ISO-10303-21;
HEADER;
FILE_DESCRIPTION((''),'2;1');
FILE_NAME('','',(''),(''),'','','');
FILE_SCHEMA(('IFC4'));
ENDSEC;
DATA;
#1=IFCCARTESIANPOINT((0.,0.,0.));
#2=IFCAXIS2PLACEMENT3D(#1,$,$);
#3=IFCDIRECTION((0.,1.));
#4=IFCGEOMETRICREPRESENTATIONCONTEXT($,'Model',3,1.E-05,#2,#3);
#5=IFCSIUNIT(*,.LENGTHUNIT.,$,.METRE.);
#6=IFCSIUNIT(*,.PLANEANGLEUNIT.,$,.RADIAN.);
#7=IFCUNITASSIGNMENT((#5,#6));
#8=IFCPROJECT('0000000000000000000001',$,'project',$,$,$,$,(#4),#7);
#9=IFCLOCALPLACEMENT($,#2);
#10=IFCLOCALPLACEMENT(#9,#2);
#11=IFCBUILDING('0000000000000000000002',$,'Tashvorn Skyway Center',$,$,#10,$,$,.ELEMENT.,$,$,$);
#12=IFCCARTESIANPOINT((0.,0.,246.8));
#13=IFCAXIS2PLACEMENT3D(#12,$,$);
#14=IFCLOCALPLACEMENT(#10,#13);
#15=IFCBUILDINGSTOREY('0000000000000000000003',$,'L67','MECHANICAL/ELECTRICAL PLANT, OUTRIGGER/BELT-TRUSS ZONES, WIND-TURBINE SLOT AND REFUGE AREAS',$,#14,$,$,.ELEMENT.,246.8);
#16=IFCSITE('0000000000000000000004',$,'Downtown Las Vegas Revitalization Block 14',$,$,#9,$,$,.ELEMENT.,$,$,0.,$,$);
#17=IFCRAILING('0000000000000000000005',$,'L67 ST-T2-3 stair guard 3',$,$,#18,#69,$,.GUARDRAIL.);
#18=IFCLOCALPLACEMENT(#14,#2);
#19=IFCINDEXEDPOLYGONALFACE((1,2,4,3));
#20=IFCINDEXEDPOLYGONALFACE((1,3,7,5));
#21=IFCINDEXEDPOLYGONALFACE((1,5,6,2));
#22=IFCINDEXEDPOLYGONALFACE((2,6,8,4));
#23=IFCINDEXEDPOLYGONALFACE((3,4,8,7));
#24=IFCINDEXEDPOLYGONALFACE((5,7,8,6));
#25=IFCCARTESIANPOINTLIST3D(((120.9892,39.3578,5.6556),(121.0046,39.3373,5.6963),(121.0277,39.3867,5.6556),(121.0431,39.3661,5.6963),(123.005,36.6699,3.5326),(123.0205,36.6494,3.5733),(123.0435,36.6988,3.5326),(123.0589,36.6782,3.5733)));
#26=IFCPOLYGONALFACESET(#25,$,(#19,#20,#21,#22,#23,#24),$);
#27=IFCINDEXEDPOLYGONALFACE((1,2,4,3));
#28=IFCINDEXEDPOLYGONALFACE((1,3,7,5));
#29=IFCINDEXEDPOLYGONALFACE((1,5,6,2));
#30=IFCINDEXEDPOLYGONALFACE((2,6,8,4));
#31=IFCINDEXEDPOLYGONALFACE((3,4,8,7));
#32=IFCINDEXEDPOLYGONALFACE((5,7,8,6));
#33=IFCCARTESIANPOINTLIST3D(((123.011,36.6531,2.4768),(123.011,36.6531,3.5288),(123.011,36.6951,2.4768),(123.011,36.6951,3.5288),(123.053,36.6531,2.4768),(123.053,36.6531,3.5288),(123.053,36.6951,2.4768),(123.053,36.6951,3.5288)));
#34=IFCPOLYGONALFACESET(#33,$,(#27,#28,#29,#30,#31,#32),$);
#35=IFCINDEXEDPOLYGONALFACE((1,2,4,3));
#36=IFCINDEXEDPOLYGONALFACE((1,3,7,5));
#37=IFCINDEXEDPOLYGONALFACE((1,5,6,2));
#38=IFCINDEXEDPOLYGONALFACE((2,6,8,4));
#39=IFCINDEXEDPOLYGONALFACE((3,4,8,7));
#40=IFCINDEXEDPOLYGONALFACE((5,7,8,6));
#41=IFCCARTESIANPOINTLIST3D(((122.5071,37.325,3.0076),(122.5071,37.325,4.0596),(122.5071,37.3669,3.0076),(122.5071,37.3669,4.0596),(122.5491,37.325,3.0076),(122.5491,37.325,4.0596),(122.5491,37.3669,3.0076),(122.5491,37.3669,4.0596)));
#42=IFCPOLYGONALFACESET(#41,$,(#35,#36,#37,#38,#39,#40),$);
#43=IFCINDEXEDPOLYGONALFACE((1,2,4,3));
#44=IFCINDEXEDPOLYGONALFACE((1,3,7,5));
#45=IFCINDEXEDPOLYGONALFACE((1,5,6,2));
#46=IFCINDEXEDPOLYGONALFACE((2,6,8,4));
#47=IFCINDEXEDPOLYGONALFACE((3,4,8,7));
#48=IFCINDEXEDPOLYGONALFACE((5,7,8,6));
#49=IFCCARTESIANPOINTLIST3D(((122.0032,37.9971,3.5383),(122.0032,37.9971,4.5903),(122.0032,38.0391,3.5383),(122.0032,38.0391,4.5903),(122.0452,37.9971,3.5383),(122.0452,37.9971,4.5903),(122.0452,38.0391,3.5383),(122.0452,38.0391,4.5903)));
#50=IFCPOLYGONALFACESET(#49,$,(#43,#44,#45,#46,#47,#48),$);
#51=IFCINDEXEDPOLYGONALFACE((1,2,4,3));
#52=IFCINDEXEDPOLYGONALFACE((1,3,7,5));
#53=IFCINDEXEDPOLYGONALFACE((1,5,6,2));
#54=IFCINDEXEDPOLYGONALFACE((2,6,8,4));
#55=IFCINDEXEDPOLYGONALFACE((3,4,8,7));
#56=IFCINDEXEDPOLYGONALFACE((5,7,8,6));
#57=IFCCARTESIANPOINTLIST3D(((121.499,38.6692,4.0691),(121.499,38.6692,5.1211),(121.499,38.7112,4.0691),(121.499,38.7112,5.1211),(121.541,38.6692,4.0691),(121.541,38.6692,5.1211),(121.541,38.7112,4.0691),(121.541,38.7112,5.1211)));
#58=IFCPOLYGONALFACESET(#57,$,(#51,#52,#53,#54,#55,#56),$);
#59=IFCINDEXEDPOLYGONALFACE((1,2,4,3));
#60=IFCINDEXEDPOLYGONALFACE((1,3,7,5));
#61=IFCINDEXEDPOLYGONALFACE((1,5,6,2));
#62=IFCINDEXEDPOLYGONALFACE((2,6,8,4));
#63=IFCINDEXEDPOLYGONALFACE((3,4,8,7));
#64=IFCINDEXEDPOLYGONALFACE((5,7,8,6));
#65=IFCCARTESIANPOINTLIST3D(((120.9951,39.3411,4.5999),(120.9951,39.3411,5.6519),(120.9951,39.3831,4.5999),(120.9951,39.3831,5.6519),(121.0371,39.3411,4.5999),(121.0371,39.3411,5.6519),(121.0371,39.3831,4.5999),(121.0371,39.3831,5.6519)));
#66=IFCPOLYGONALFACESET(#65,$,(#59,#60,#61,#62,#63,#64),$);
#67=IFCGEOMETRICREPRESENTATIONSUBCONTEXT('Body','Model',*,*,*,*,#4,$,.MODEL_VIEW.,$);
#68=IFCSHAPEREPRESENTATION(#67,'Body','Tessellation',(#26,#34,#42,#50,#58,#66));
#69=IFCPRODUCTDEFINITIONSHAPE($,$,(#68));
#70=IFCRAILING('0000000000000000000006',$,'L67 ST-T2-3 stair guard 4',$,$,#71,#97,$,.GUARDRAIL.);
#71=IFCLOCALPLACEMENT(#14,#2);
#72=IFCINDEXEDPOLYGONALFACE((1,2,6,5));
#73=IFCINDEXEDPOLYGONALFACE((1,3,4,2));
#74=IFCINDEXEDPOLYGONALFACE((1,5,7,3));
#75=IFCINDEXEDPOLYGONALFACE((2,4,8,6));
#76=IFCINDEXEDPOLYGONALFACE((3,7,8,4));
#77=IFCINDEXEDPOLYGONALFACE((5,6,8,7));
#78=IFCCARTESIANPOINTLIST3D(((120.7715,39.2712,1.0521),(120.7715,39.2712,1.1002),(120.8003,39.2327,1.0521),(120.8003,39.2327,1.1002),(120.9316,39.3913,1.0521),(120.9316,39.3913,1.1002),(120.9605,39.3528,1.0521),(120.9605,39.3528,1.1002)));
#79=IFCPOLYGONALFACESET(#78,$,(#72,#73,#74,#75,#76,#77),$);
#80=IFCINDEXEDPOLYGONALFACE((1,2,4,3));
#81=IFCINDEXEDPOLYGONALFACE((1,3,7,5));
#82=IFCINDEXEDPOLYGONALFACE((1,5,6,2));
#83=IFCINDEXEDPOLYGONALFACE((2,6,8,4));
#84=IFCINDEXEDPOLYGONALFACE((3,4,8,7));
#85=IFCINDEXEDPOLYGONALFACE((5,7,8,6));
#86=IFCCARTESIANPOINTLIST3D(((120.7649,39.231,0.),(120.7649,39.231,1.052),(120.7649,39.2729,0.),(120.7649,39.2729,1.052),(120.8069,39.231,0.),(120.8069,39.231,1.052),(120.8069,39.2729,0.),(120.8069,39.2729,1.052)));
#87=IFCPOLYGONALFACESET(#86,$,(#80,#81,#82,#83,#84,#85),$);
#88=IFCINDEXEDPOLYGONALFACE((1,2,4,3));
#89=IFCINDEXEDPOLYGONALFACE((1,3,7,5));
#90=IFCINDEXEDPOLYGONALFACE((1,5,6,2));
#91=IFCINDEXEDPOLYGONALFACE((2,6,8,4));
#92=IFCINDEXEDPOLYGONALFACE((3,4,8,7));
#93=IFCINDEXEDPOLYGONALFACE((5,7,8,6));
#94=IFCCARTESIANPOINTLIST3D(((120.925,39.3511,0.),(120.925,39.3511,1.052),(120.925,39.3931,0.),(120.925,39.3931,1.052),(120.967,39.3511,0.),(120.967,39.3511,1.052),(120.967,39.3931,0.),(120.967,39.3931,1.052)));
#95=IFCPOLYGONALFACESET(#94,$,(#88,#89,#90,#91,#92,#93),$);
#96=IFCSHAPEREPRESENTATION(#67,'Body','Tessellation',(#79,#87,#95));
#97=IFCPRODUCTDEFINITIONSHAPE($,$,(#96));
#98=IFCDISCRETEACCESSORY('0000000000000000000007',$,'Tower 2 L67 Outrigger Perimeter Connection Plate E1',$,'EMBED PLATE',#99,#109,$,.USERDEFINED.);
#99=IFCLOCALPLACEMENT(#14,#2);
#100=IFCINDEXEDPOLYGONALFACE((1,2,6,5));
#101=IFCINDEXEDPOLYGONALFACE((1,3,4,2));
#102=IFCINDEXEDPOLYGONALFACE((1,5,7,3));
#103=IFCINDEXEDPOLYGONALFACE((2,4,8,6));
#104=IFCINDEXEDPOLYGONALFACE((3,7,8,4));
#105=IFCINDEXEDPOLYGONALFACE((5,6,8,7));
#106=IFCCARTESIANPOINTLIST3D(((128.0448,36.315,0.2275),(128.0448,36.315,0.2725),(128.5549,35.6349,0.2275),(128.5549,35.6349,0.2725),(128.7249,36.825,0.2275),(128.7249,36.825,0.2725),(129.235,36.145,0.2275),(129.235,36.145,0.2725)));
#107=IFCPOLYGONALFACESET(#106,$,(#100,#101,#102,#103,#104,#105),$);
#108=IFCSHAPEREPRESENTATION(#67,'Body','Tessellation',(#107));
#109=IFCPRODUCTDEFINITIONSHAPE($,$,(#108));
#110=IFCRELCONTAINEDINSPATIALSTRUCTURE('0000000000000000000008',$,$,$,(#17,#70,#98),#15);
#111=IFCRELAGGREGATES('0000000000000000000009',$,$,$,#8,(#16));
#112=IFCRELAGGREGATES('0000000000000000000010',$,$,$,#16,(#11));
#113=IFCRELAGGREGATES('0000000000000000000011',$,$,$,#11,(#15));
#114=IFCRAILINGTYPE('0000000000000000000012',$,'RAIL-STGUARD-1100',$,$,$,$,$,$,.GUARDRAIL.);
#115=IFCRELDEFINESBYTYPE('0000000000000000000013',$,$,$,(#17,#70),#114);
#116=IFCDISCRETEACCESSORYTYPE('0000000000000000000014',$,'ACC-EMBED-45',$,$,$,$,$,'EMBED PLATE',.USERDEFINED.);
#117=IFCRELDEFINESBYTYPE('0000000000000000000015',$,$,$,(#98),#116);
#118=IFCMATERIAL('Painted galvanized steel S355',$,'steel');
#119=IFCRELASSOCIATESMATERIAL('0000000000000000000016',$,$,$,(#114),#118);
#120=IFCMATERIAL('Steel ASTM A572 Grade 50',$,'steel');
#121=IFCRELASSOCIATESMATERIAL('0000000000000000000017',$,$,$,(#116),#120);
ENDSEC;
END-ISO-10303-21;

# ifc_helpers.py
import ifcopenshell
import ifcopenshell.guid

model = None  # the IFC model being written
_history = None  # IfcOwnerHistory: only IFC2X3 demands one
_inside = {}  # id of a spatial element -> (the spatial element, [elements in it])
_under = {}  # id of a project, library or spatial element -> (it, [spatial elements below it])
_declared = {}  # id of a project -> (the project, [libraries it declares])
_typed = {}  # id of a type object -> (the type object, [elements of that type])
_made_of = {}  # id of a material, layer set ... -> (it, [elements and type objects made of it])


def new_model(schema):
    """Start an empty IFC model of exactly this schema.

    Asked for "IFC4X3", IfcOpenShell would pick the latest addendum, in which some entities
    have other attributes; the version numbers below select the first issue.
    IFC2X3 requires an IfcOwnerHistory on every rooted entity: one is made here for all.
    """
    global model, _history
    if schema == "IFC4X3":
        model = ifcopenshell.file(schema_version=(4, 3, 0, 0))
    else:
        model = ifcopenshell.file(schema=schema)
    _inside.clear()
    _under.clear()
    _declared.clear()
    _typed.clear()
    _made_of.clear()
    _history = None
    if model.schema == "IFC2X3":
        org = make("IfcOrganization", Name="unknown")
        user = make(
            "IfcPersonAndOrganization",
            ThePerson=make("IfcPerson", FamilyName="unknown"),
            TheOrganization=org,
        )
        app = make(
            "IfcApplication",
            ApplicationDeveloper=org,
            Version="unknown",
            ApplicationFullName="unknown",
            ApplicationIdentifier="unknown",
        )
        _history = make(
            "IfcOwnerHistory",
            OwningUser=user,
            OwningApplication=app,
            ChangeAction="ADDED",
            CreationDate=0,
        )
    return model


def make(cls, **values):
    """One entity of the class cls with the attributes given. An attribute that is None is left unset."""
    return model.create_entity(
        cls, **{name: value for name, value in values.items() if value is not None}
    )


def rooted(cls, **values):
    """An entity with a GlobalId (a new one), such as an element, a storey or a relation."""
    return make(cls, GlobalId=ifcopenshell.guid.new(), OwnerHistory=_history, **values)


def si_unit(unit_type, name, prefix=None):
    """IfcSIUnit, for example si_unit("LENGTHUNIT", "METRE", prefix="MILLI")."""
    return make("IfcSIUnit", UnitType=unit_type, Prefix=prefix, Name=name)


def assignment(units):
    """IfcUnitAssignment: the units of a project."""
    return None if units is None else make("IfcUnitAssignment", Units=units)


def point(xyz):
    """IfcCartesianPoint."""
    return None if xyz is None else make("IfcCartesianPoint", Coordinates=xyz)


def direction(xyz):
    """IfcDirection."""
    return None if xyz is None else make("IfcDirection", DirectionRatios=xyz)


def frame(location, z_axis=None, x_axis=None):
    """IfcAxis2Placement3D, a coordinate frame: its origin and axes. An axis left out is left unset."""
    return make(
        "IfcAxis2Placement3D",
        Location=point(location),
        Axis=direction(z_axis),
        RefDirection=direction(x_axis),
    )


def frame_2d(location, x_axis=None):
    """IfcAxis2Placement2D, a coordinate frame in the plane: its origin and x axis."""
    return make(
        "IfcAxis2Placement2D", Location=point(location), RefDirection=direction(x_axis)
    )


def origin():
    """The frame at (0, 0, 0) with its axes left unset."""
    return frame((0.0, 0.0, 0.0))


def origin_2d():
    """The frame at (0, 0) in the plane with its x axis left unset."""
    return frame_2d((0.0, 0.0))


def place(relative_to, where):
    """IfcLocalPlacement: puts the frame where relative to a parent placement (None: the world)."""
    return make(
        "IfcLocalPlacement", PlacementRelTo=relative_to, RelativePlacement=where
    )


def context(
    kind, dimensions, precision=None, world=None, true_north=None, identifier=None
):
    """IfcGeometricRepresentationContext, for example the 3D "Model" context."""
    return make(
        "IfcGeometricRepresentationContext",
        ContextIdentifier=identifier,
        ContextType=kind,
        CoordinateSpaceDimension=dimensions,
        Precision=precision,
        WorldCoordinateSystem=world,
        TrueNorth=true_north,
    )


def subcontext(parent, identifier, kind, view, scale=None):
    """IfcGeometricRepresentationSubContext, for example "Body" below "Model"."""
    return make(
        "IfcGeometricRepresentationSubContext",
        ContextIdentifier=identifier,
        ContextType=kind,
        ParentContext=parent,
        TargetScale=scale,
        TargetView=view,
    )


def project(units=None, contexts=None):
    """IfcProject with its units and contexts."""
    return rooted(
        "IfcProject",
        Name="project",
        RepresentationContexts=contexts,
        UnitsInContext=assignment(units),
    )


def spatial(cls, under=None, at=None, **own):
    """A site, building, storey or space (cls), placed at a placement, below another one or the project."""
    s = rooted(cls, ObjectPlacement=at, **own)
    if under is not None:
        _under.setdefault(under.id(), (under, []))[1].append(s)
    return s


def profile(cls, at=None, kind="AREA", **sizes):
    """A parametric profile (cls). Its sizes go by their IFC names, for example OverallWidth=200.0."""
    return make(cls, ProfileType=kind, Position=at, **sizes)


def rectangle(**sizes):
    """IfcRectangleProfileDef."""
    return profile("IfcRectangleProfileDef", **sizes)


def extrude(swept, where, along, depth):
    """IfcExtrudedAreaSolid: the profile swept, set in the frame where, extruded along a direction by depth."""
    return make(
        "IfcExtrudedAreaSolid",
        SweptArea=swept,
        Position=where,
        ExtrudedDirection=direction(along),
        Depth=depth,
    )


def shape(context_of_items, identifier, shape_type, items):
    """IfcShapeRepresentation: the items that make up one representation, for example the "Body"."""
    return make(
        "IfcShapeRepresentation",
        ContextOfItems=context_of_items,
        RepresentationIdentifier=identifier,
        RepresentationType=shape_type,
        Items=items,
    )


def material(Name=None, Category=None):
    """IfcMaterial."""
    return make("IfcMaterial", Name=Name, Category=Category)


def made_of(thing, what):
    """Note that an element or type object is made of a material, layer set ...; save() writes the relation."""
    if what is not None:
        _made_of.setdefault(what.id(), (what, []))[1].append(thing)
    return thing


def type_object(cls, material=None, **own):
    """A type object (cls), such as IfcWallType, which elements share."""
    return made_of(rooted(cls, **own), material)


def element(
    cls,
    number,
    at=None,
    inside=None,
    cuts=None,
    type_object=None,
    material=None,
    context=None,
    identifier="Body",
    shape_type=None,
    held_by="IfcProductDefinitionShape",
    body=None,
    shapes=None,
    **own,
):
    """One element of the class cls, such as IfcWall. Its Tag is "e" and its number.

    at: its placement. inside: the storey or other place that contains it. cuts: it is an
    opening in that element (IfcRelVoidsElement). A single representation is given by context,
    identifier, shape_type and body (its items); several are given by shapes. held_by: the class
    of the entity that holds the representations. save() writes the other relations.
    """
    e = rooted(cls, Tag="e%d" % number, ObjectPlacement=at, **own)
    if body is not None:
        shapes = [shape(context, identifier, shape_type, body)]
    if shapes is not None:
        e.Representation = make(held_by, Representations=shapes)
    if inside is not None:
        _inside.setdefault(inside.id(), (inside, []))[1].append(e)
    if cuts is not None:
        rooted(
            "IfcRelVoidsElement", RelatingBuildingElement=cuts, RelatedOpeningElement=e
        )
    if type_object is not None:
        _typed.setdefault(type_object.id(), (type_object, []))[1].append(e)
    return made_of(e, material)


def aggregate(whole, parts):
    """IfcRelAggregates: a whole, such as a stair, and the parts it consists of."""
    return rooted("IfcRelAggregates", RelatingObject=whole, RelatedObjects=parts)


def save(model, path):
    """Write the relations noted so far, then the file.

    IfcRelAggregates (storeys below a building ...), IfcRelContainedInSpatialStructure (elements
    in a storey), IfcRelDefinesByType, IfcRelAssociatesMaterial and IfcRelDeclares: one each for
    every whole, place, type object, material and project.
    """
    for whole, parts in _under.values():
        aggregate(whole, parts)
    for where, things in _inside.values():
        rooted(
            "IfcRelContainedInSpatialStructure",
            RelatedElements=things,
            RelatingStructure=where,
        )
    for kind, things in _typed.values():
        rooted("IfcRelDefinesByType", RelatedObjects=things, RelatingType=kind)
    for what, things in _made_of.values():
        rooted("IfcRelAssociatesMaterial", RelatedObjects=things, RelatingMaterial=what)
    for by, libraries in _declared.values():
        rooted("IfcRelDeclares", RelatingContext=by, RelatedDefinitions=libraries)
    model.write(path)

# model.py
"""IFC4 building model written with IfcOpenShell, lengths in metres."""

from ifc_helpers import new_model, si_unit, direction, frame, origin, origin_2d, place, context, subcontext, project, spatial, rectangle, extrude, material, type_object, element, save


model = new_model("IFC4")

# Units and contexts
model_context = context("Model", 3, precision=1e-05, world=origin(), true_north=direction((0.0, 1.0)))
body_context = subcontext(model_context, "Body", "Model", "MODEL_VIEW")
ifc_project = project(units=[si_unit("LENGTHUNIT", "METRE"), si_unit("PLANEANGLEUNIT", "RADIAN")], contexts=[model_context])

# Site, building, storey
site_placement = place(None, origin())
site = spatial("IfcSite", under=ifc_project, at=site_placement, Name="Downtown Las Vegas Revitalization Block 14", CompositionType="ELEMENT", RefElevation=0.0)
building_placement = place(site_placement, origin())
building = spatial("IfcBuilding", under=site, at=building_placement, Name="Tashvorn Skyway Center", CompositionType="ELEMENT")
storey_placement = place(building_placement, frame((0.0, 0.0, 246.8)))
storey = spatial("IfcBuildingStorey", under=building, at=storey_placement, Name="L67", Description="MECHANICAL/ELECTRICAL PLANT, OUTRIGGER/BELT-TRUSS ZONES, WIND-TURBINE SLOT AND REFUGE AREAS", CompositionType="ELEMENT", Elevation=246.8)

# Shared definitions
ifc_material_1 = material(Name="Steel ASTM A572 Grade 50", Category="steel")

# Railings
ifc_material_2 = material(Name="Painted galvanized steel S355", Category="steel")
railing_type_1 = type_object("IfcRailingType", Name="RAIL-STGUARD-1100", PredefinedType="GUARDRAIL", material=ifc_material_2)
railing_1_placement = place(storey_placement, frame((123.032, 36.6741, 2.4768)))
element("IfcRailing", 1, at=railing_1_placement, inside=storey, type_object=railing_type_1, Name="L67 ST-T2-3 stair guard 3", PredefinedType="GUARDRAIL", context=body_context, shape_type="SweptSolid", body=[
    extrude(rectangle(XDim=0.0481, YDim=0.0481, at=origin_2d()), frame((0.0, 0.0, 1.0762), z_axis=(-0.507206, 0.676315, 0.534172), x_axis=(-0.800017, -0.599977, 0.0)), (0.0, 0.0, 1.0), 3.9744),
    extrude(rectangle(XDim=0.042, YDim=0.042, at=origin_2d()), origin(), (0.0, 0.0, 1.0), 1.052),
    extrude(rectangle(XDim=0.042, YDim=0.042, at=origin_2d()), frame((-0.5039, 0.6719, 0.5308)), (0.0, 0.0, 1.0), 1.052),
    extrude(rectangle(XDim=0.042, YDim=0.042, at=origin_2d()), frame((-1.0078, 1.344, 1.0615)), (0.0, 0.0, 1.0), 1.052),
    extrude(rectangle(XDim=0.042, YDim=0.042, at=origin_2d()), frame((-1.512, 2.0161, 1.5923)), (0.0, 0.0, 1.0), 1.052),
    extrude(rectangle(XDim=0.042, YDim=0.042, at=origin_2d()), frame((-2.0159, 2.688, 2.123)), (0.0, 0.0, 1.0), 1.052),
])
railing_2_placement = place(storey_placement, frame((120.7859, 39.252, 0.0)))
element("IfcRailing", 2, at=railing_2_placement, inside=storey, type_object=railing_type_1, Name="L67 ST-T2-3 stair guard 4", PredefinedType="GUARDRAIL", context=body_context, shape_type="SweptSolid", body=[
    extrude(rectangle(XDim=0.0481, YDim=0.0481, at=origin_2d()), frame((0.0, 0.0, 1.0762), z_axis=(0.8, 0.6, 0.0), x_axis=(-0.6, 0.8, 0.0)), (0.0, 0.0, 1.0), 0.2002),
    extrude(rectangle(XDim=0.042, YDim=0.042, at=origin_2d()), origin(), (0.0, 0.0, 1.0), 1.052),
    extrude(rectangle(XDim=0.042, YDim=0.042, at=origin_2d()), frame((0.1602, 0.1201, 0.0)), (0.0, 0.0, 1.0), 1.052),
])

# Discrete accessory
discrete_accessory_type = type_object("IfcDiscreteAccessoryType", Name="ACC-EMBED-45", ElementType="EMBED PLATE", PredefinedType="USERDEFINED", material=ifc_material_1)
discrete_accessory_placement = place(storey_placement, frame((128.6399, 36.23, 0.2275), z_axis=(0.0, 0.0, 1.0), x_axis=(0.8, 0.6, 0.0)))
element("IfcDiscreteAccessory", 3, at=discrete_accessory_placement, inside=storey, type_object=discrete_accessory_type, Name="Tower 2 L67 Outrigger Perimeter Connection Plate E1", ObjectType="EMBED PLATE", PredefinedType="USERDEFINED", context=body_context, shape_type="SweptSolid", body=[
    extrude(rectangle(XDim=0.8501, YDim=0.8501, at=origin_2d()), origin(), (0.0, 0.0, 1.0), 0.0449),
])

save(model, "model.ifc")
